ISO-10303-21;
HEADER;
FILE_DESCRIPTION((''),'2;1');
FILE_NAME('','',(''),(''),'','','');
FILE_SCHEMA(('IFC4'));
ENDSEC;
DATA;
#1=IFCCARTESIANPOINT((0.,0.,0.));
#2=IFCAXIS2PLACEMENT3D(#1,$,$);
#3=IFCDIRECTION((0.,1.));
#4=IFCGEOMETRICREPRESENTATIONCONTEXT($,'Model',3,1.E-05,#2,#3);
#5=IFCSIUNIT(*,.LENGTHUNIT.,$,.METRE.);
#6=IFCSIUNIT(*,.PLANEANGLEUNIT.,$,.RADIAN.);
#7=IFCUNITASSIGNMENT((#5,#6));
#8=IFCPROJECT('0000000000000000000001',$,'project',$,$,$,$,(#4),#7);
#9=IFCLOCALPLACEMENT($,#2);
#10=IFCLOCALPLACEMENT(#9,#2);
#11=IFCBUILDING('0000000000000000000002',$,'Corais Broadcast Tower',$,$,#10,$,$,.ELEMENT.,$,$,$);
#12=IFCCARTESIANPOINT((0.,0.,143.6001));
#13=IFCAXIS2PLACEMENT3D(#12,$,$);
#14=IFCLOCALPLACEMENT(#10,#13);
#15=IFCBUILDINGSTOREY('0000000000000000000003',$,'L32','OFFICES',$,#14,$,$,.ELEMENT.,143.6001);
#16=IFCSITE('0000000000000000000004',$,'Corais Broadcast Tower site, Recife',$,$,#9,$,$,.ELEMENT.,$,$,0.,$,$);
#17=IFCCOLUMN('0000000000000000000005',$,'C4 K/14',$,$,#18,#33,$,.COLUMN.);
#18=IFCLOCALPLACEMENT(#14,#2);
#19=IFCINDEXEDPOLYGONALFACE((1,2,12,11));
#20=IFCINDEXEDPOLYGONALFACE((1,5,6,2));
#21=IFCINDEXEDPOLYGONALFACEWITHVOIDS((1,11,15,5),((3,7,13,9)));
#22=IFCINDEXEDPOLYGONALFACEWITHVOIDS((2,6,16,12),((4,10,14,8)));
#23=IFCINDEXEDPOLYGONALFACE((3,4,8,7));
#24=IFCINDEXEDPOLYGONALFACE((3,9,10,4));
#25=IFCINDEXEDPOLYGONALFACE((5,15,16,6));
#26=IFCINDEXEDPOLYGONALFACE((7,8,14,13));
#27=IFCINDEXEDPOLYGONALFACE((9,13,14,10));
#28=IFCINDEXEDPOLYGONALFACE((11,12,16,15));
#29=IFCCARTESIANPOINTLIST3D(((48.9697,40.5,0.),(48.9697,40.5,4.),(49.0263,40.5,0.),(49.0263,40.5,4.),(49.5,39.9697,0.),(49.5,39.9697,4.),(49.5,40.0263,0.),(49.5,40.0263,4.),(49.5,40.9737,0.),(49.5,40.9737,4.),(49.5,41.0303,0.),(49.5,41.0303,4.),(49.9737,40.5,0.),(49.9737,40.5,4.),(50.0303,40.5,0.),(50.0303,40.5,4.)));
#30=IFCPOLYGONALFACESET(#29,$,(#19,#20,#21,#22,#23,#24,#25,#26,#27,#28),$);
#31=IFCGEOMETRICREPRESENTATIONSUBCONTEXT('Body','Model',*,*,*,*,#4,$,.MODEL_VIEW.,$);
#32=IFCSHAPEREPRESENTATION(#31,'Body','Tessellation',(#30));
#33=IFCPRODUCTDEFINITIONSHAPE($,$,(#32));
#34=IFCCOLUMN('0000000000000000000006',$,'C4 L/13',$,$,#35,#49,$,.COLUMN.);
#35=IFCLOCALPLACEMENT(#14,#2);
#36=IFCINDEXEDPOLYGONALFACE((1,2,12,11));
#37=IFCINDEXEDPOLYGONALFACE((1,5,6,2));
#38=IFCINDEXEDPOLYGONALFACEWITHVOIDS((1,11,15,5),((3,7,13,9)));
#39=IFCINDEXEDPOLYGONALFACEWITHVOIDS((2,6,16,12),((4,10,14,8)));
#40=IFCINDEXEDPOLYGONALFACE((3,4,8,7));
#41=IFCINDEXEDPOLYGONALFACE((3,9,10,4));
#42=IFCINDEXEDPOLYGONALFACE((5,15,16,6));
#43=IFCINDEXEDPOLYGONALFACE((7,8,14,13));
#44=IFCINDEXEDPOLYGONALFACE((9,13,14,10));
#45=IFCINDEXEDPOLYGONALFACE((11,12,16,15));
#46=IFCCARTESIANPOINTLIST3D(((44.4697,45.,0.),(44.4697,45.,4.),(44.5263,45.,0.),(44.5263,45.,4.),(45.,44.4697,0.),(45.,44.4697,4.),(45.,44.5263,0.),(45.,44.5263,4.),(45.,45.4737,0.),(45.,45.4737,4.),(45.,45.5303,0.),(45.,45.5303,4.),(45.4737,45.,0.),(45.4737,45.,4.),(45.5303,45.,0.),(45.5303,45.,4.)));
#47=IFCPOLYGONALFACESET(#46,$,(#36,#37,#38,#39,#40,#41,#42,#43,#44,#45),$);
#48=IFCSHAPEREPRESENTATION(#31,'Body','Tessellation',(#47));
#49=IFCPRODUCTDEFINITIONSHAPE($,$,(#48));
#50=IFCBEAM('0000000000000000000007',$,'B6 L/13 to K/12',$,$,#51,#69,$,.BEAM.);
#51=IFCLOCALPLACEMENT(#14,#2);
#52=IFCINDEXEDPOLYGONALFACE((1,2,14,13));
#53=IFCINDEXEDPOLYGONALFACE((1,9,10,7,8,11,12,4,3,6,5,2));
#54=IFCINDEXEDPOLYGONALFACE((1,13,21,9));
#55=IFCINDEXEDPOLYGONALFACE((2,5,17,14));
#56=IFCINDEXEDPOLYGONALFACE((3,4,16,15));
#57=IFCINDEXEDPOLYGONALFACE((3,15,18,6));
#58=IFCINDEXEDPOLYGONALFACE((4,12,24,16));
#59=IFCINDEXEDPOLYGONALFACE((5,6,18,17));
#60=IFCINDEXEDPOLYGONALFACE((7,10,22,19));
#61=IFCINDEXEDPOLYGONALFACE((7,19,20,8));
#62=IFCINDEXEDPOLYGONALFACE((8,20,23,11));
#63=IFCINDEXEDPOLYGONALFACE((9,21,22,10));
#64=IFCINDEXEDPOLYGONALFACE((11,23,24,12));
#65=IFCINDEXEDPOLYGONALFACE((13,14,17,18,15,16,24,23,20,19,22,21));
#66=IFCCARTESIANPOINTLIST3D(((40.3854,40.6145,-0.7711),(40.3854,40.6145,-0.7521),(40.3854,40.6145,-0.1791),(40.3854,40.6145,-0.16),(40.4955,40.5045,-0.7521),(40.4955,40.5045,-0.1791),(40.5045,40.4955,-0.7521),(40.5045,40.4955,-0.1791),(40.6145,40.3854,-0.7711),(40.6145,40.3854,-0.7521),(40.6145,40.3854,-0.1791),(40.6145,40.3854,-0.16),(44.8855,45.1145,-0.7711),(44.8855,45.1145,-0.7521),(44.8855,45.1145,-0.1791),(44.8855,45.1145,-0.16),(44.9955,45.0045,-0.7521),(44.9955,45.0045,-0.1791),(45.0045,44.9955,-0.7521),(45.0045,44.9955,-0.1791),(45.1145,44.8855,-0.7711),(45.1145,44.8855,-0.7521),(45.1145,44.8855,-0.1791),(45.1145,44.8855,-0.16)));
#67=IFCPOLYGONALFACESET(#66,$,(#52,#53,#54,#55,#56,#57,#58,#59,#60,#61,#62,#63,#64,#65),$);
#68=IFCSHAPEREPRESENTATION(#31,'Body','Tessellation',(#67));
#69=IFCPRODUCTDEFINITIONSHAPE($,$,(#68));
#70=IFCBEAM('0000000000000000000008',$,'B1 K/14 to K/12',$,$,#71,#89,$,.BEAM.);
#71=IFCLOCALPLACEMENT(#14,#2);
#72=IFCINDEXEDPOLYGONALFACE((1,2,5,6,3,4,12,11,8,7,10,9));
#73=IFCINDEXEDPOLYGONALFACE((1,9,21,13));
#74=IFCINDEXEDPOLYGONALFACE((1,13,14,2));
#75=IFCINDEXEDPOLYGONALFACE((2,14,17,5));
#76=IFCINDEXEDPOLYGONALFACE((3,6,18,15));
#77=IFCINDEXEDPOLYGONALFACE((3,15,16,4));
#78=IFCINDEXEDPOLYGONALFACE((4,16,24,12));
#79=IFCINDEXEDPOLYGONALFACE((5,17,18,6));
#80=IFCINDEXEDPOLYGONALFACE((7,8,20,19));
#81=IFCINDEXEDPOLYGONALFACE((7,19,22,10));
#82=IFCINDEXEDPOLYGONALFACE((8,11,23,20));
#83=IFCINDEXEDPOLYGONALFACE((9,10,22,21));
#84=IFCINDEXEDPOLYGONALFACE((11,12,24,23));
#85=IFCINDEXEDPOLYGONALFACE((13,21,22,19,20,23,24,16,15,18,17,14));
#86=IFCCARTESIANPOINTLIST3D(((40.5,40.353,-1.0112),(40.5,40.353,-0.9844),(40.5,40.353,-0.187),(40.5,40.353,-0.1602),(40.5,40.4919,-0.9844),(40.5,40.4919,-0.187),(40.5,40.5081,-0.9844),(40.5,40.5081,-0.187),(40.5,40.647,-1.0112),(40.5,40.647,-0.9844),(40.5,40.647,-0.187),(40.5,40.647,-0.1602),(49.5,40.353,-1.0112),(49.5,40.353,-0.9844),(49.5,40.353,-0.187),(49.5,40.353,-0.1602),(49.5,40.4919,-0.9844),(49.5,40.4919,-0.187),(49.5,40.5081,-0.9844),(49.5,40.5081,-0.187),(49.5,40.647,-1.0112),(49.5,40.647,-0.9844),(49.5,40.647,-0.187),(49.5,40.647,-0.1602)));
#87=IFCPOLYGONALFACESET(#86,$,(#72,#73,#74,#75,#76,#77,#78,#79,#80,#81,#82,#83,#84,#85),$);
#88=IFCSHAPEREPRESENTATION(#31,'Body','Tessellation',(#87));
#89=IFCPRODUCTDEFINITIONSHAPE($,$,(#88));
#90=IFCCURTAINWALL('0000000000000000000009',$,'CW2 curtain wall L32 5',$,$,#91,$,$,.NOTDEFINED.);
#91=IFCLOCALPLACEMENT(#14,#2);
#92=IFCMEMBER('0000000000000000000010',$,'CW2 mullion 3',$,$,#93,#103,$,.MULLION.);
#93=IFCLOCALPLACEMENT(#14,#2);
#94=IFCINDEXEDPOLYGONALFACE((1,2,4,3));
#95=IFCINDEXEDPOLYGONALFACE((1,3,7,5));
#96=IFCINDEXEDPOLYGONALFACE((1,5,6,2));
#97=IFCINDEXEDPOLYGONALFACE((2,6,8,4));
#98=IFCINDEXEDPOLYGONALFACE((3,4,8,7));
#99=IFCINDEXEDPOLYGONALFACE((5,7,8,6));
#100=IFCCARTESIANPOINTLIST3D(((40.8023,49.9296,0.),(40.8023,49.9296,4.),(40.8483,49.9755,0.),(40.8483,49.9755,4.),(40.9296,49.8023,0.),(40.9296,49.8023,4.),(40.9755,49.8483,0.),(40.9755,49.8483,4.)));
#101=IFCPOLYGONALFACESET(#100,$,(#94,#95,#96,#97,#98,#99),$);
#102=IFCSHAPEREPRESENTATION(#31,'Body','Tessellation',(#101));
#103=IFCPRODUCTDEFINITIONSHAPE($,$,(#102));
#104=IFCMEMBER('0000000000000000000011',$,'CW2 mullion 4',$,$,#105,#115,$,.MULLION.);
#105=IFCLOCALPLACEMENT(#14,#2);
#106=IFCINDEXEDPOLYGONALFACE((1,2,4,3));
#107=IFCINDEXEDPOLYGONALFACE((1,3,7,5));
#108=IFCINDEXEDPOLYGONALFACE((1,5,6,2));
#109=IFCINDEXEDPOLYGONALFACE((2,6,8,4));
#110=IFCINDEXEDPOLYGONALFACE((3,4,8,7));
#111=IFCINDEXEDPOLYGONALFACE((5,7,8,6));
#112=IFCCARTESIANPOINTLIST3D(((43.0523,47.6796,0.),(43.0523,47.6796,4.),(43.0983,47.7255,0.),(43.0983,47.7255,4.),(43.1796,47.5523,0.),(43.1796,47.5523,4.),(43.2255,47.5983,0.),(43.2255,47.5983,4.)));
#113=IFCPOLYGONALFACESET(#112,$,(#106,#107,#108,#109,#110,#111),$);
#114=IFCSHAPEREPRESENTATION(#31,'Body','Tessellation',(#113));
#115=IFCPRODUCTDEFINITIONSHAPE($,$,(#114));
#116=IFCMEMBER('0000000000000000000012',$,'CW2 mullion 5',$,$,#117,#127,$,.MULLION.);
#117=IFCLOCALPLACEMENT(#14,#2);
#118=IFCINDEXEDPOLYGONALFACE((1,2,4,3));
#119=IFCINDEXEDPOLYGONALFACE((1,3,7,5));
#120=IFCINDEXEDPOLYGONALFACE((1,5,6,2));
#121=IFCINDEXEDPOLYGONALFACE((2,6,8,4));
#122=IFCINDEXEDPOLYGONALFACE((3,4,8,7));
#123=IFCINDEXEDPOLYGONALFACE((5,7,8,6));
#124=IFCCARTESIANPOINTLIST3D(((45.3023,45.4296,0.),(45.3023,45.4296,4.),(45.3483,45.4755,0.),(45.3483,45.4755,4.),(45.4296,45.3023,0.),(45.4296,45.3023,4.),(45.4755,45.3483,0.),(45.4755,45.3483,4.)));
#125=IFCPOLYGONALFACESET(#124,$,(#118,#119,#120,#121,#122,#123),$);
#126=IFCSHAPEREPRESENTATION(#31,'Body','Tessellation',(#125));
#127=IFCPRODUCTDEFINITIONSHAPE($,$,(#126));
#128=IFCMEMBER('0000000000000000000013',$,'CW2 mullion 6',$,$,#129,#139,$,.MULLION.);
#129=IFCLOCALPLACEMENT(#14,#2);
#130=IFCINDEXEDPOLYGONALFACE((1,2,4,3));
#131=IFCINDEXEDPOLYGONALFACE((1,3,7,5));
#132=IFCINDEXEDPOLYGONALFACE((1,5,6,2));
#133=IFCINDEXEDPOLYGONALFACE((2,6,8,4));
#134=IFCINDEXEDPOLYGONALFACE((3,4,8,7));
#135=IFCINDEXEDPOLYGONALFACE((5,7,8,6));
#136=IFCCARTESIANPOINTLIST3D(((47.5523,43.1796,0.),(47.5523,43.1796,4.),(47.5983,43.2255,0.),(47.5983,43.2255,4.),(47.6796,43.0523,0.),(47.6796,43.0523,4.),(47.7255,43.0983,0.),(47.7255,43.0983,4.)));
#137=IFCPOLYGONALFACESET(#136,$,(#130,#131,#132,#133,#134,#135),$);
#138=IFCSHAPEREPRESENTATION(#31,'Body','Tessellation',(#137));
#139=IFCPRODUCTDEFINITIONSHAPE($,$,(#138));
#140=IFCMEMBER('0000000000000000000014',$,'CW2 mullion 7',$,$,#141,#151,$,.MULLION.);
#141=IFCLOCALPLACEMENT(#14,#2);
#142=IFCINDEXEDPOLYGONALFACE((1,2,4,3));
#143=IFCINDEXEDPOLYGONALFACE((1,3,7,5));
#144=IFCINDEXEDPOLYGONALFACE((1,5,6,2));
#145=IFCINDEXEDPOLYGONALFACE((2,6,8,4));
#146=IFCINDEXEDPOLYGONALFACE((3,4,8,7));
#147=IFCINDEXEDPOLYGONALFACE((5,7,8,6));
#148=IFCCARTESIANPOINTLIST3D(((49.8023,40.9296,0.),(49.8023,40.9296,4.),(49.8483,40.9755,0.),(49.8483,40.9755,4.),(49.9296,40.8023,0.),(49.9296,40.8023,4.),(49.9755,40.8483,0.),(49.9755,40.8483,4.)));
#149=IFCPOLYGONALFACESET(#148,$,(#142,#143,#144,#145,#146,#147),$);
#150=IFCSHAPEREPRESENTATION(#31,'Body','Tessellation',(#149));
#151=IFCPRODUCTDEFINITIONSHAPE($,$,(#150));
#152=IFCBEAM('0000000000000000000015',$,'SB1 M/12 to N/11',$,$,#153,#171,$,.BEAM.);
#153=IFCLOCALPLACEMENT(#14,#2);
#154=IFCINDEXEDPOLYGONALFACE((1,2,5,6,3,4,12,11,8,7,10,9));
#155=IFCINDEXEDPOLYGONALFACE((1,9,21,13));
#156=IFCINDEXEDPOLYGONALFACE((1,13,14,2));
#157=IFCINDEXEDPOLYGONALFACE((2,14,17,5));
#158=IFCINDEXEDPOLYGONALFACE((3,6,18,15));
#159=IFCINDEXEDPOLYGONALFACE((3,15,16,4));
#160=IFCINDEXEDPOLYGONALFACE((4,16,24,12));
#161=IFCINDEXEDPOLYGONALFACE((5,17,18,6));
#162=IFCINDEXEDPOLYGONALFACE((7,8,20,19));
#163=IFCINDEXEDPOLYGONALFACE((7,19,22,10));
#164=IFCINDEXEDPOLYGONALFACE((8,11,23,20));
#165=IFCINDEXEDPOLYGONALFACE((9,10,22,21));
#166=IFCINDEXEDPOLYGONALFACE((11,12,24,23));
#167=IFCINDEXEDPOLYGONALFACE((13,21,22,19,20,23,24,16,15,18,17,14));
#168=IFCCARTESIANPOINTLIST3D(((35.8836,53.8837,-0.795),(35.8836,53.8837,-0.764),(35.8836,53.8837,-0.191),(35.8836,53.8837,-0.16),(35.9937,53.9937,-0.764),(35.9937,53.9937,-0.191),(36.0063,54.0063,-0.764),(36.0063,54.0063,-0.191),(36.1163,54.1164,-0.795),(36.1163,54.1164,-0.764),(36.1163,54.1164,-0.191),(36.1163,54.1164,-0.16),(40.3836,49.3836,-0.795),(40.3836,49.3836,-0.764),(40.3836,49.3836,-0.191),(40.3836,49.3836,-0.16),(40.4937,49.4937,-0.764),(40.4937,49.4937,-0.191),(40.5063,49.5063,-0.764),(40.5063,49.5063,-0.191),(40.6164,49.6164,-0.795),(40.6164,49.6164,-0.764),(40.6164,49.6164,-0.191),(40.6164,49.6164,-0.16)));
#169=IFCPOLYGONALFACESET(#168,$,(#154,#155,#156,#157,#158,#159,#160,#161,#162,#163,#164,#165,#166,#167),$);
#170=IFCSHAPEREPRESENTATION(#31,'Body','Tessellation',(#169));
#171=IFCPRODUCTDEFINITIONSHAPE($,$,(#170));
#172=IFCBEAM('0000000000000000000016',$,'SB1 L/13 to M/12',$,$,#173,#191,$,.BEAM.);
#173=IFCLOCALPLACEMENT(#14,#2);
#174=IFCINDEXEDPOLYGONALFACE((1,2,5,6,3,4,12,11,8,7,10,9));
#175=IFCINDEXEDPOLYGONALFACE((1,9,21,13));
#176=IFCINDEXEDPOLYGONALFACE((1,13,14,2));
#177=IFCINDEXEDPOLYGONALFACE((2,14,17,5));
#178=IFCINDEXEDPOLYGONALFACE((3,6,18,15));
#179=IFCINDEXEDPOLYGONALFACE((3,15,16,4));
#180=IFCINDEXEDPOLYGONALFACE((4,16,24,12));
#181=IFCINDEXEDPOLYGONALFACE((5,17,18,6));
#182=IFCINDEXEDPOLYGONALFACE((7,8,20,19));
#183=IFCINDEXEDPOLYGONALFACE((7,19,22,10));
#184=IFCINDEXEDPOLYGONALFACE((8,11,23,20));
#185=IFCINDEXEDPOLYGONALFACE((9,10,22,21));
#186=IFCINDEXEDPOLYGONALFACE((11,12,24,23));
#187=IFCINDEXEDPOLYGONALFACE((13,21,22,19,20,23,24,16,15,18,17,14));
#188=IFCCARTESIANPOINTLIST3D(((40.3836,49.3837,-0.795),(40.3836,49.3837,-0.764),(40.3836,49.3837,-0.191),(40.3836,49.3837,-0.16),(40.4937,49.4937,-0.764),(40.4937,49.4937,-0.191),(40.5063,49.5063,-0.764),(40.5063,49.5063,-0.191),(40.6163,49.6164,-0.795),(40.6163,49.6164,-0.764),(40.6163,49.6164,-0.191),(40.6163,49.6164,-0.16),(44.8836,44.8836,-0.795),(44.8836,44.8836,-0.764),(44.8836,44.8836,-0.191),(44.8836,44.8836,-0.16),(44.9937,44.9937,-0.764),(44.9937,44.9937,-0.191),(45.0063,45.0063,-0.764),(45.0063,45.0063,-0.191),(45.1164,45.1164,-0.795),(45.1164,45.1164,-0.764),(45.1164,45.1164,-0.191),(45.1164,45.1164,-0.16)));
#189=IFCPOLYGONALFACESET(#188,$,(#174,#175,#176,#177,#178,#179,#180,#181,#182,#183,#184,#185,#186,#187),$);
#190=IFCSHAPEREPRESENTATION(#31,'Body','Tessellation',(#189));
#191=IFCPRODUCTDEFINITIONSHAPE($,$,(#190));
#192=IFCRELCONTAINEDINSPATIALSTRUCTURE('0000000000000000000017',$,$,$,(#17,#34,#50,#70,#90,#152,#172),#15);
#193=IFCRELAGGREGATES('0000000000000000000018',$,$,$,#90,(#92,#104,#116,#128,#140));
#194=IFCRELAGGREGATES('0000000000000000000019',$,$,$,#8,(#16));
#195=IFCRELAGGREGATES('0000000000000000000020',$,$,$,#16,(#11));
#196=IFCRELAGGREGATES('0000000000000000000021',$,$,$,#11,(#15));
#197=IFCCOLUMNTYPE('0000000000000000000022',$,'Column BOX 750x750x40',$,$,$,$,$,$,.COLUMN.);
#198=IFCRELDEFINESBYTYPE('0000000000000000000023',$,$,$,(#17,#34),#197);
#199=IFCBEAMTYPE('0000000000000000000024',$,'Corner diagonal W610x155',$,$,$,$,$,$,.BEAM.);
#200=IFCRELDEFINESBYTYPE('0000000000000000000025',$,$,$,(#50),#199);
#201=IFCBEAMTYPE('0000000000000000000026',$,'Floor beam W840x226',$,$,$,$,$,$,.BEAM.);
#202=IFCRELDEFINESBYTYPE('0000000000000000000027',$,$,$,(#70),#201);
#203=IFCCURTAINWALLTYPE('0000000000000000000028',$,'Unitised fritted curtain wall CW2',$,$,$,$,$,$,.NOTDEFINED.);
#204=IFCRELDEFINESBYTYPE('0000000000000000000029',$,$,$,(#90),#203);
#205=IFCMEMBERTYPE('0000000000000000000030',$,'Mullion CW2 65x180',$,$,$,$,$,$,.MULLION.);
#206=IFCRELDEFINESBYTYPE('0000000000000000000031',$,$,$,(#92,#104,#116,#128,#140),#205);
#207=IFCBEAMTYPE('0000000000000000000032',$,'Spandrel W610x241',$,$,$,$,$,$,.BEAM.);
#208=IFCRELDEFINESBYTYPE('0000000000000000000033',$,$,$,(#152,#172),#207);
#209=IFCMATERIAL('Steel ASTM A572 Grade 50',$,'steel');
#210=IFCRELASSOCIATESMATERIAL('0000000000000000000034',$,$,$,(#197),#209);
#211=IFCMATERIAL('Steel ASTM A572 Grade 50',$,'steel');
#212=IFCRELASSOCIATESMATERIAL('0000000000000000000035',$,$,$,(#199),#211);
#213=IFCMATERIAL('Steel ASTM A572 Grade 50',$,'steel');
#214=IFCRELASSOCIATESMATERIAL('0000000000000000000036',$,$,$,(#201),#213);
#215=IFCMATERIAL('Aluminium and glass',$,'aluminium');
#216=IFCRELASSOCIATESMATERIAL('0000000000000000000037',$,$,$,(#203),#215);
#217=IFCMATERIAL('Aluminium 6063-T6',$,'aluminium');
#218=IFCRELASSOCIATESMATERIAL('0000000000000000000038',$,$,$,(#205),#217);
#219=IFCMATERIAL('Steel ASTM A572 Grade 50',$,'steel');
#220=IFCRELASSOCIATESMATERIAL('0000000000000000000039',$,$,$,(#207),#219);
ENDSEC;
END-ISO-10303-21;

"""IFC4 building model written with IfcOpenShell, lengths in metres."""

from ifc_helpers import new_model, si_unit, direction, frame, origin, origin_2d, place, context, subcontext, project, spatial, rectangle, hollow_rectangle, i_section, extrude, material, material_profile, profile_set, type_object, element, aggregate, save


model = new_model("IFC4")

# Units and contexts
model_context = context("Model", 3, precision=1e-05, world=origin(), true_north=direction((0.0, 1.0)))
body_context = subcontext(model_context, "Body", "Model", "MODEL_VIEW")
ifc_project = project(units=[si_unit("LENGTHUNIT", "METRE"), si_unit("PLANEANGLEUNIT", "RADIAN")], contexts=[model_context])

# Site, building, storey
site_placement = place(None, origin())
site = spatial("IfcSite", under=ifc_project, at=site_placement, Name="Corais Broadcast Tower site, Recife", CompositionType="ELEMENT", RefElevation=0.0)
building_placement = place(site_placement, origin())
building = spatial("IfcBuilding", under=site, at=building_placement, Name="Corais Broadcast Tower", CompositionType="ELEMENT")
storey_placement = place(building_placement, frame((0.0, 0.0, 143.6001)))
storey = spatial("IfcBuildingStorey", under=building, at=storey_placement, Name="L32", Description="OFFICES", CompositionType="ELEMENT", Elevation=143.6001)

# Columns
ifc_material_1 = material(Name="Steel ASTM A572 Grade 50", Category="steel")
ifc_material_profile_1 = material_profile(ifc_material_1, hollow_rectangle(XDim=0.75, YDim=0.75, WallThickness=0.04, at=origin_2d()), Name="BOX 750x750x40")
ifc_profile_set_1 = profile_set([ifc_material_profile_1], Name="Steel ASTM A572 Grade 50")
column_type = type_object("IfcColumnType", Name="Column BOX 750x750x40", PredefinedType="COLUMN", material=ifc_profile_set_1)
for number, where, z_axis, x_axis, name in (
    (1, (49.5, 40.5, 0.0), (0.0, 0.0, 1.0), (0.707107, 0.707107, 0.0), "C4 K/14"),
    (2, (45.0, 45.0, 0.0), (0.0, 0.0, 1.0), (0.707107, 0.707107, 0.0), "C4 L/13"),
):
    element("IfcColumn", number, at=place(storey_placement, frame(where, z_axis=z_axis, x_axis=x_axis)), inside=storey, type_object=column_type, Name=name, PredefinedType="COLUMN", context=body_context, shape_type="SweptSolid", body=[
        extrude(hollow_rectangle(XDim=0.75, YDim=0.75, WallThickness=0.04, at=origin_2d()), origin(), (0.0, 0.0, 1.0), 4.0),
    ])

# Beams
ifc_material_2 = material(Name="Steel ASTM A572 Grade 50", Category="steel")
ifc_material_profile_2 = material_profile(ifc_material_2, i_section(OverallWidth=0.324, OverallDepth=0.6111, WebThickness=0.0127, FlangeThickness=0.019, at=origin_2d()), Name="W610x155")
ifc_profile_set_2 = profile_set([ifc_material_profile_2], Name="Steel ASTM A572 Grade 50")
beam_type_1 = type_object("IfcBeamType", Name="Corner diagonal W610x155", PredefinedType="BEAM", material=ifc_profile_set_2)
beam_1_placement = place(storey_placement, frame((45.0, 45.0, -0.4656), z_axis=(-0.707107, -0.707107, 0.0), x_axis=(0.707107, -0.707107, 0.0)))
element("IfcBeam", 3, at=beam_1_placement, inside=storey, type_object=beam_type_1, Name="B6 L/13 to K/12", PredefinedType="BEAM", context=body_context, shape_type="SweptSolid", body=[
    extrude(i_section(OverallWidth=0.324, OverallDepth=0.6111, WebThickness=0.0127, FlangeThickness=0.019, at=origin_2d()), origin(), (0.0, 0.0, 1.0), 6.364),
])
ifc_material_3 = material(Name="Steel ASTM A572 Grade 50", Category="steel")
ifc_material_profile_3 = material_profile(ifc_material_3, i_section(OverallWidth=0.2939, OverallDepth=0.8511, WebThickness=0.0161, FlangeThickness=0.0269, at=origin_2d()), Name="W840x226")
ifc_profile_set_3 = profile_set([ifc_material_profile_3], Name="Steel ASTM A572 Grade 50")
beam_type_2 = type_object("IfcBeamType", Name="Floor beam W840x226", PredefinedType="BEAM", material=ifc_profile_set_3)
beam_2_placement = place(storey_placement, frame((49.5, 40.5, -0.5857), z_axis=(-1.0, 0.0, 0.0), x_axis=(0.0, -1.0, 0.0)))
element("IfcBeam", 4, at=beam_2_placement, inside=storey, type_object=beam_type_2, Name="B1 K/14 to K/12", PredefinedType="BEAM", context=body_context, shape_type="SweptSolid", body=[
    extrude(i_section(OverallWidth=0.2939, OverallDepth=0.8511, WebThickness=0.0161, FlangeThickness=0.0269, at=origin_2d()), origin(), (0.0, 0.0, 1.0), 9.0),
])

# Curtain wall, members
ifc_material_4 = material(Name="Aluminium and glass", Category="aluminium")
curtain_wall_type = type_object("IfcCurtainWallType", Name="Unitised fritted curtain wall CW2", PredefinedType="NOTDEFINED", material=ifc_material_4)
curtain_wall_placement = place(storey_placement, origin())
curtain_wall = element("IfcCurtainWall", 5, at=curtain_wall_placement, inside=storey, type_object=curtain_wall_type, Name="CW2 curtain wall L32 5", PredefinedType="NOTDEFINED")
ifc_material_5 = material(Name="Aluminium 6063-T6", Category="aluminium")
ifc_material_profile_4 = material_profile(ifc_material_5, rectangle(XDim=0.0649, YDim=0.1799, at=origin_2d()), Name="Mullion CW2 65x180")
ifc_profile_set_4 = profile_set([ifc_material_profile_4], Name="Aluminium 6063-T6")
member_type_1 = type_object("IfcMemberType", Name="Mullion CW2 65x180", PredefinedType="MULLION", material=ifc_profile_set_4)
member_1_placement = place(storey_placement, frame((40.8889, 49.8889, 0.0), z_axis=(0.0, 0.0, 1.0), x_axis=(0.707107, 0.707107, 0.0)))
member_1 = element("IfcMember", 6, at=member_1_placement, type_object=member_type_1, Name="CW2 mullion 3", PredefinedType="MULLION", context=body_context, shape_type="SweptSolid", body=[
    extrude(rectangle(XDim=0.0649, YDim=0.1799, at=origin_2d()), origin(), (0.0, 0.0, 1.0), 4.0),
])
member_2_placement = place(storey_placement, frame((43.1389, 47.6389, 0.0), z_axis=(0.0, 0.0, 1.0), x_axis=(0.707107, 0.707107, 0.0)))
member_2 = element("IfcMember", 7, at=member_2_placement, type_object=member_type_1, Name="CW2 mullion 4", PredefinedType="MULLION", context=body_context, shape_type="SweptSolid", body=[
    extrude(rectangle(XDim=0.0649, YDim=0.1799, at=origin_2d()), origin(), (0.0, 0.0, 1.0), 4.0),
])
member_3_placement = place(storey_placement, frame((45.3889, 45.3889, 0.0), z_axis=(0.0, 0.0, 1.0), x_axis=(0.707107, 0.707107, 0.0)))
member_3 = element("IfcMember", 8, at=member_3_placement, type_object=member_type_1, Name="CW2 mullion 5", PredefinedType="MULLION", context=body_context, shape_type="SweptSolid", body=[
    extrude(rectangle(XDim=0.0649, YDim=0.1799, at=origin_2d()), origin(), (0.0, 0.0, 1.0), 4.0),
])
member_4_placement = place(storey_placement, frame((47.6389, 43.1389, 0.0), z_axis=(0.0, 0.0, 1.0), x_axis=(0.707107, 0.707107, 0.0)))
member_4 = element("IfcMember", 9, at=member_4_placement, type_object=member_type_1, Name="CW2 mullion 6", PredefinedType="MULLION", context=body_context, shape_type="SweptSolid", body=[
    extrude(rectangle(XDim=0.0649, YDim=0.1799, at=origin_2d()), origin(), (0.0, 0.0, 1.0), 4.0),
])
member_5_placement = place(storey_placement, frame((49.8889, 40.8889, 0.0), z_axis=(0.0, 0.0, 1.0), x_axis=(0.707107, 0.707107, 0.0)))
member_5 = element("IfcMember", 10, at=member_5_placement, type_object=member_type_1, Name="CW2 mullion 7", PredefinedType="MULLION", context=body_context, shape_type="SweptSolid", body=[
    extrude(rectangle(XDim=0.0649, YDim=0.1799, at=origin_2d()), origin(), (0.0, 0.0, 1.0), 4.0),
])

# Beams
ifc_material_6 = material(Name="Steel ASTM A572 Grade 50", Category="steel")
ifc_material_profile_5 = material_profile(ifc_material_6, i_section(OverallWidth=0.3291, OverallDepth=0.635, WebThickness=0.0178, FlangeThickness=0.031, at=origin_2d()), Name="W610x241")
ifc_profile_set_5 = profile_set([ifc_material_profile_5], Name="Steel ASTM A572 Grade 50")
beam_type_3 = type_object("IfcBeamType", Name="Spandrel W610x241", PredefinedType="BEAM", material=ifc_profile_set_5)
for number, where, z_axis, x_axis, name in (
    (11, (40.5, 49.5, -0.4775), (-0.707107, 0.707107, 0.0), (-0.707107, -0.707107, 0.0), "SB1 M/12 to N/11"),
    (12, (45.0, 45.0, -0.4775), (-0.707107, 0.707107, 0.0), (-0.707107, -0.707107, 0.0), "SB1 L/13 to M/12"),
):
    element("IfcBeam", number, at=place(storey_placement, frame(where, z_axis=z_axis, x_axis=x_axis)), inside=storey, type_object=beam_type_3, Name=name, PredefinedType="BEAM", context=body_context, shape_type="SweptSolid", body=[
        extrude(i_section(OverallWidth=0.3291, OverallDepth=0.635, WebThickness=0.0178, FlangeThickness=0.031, at=origin_2d()), origin(), (0.0, 0.0, 1.0), 6.364),
    ])

aggregate(curtain_wall, [member_1, member_2, member_3, member_4, member_5])

save(model, "model.ifc")
